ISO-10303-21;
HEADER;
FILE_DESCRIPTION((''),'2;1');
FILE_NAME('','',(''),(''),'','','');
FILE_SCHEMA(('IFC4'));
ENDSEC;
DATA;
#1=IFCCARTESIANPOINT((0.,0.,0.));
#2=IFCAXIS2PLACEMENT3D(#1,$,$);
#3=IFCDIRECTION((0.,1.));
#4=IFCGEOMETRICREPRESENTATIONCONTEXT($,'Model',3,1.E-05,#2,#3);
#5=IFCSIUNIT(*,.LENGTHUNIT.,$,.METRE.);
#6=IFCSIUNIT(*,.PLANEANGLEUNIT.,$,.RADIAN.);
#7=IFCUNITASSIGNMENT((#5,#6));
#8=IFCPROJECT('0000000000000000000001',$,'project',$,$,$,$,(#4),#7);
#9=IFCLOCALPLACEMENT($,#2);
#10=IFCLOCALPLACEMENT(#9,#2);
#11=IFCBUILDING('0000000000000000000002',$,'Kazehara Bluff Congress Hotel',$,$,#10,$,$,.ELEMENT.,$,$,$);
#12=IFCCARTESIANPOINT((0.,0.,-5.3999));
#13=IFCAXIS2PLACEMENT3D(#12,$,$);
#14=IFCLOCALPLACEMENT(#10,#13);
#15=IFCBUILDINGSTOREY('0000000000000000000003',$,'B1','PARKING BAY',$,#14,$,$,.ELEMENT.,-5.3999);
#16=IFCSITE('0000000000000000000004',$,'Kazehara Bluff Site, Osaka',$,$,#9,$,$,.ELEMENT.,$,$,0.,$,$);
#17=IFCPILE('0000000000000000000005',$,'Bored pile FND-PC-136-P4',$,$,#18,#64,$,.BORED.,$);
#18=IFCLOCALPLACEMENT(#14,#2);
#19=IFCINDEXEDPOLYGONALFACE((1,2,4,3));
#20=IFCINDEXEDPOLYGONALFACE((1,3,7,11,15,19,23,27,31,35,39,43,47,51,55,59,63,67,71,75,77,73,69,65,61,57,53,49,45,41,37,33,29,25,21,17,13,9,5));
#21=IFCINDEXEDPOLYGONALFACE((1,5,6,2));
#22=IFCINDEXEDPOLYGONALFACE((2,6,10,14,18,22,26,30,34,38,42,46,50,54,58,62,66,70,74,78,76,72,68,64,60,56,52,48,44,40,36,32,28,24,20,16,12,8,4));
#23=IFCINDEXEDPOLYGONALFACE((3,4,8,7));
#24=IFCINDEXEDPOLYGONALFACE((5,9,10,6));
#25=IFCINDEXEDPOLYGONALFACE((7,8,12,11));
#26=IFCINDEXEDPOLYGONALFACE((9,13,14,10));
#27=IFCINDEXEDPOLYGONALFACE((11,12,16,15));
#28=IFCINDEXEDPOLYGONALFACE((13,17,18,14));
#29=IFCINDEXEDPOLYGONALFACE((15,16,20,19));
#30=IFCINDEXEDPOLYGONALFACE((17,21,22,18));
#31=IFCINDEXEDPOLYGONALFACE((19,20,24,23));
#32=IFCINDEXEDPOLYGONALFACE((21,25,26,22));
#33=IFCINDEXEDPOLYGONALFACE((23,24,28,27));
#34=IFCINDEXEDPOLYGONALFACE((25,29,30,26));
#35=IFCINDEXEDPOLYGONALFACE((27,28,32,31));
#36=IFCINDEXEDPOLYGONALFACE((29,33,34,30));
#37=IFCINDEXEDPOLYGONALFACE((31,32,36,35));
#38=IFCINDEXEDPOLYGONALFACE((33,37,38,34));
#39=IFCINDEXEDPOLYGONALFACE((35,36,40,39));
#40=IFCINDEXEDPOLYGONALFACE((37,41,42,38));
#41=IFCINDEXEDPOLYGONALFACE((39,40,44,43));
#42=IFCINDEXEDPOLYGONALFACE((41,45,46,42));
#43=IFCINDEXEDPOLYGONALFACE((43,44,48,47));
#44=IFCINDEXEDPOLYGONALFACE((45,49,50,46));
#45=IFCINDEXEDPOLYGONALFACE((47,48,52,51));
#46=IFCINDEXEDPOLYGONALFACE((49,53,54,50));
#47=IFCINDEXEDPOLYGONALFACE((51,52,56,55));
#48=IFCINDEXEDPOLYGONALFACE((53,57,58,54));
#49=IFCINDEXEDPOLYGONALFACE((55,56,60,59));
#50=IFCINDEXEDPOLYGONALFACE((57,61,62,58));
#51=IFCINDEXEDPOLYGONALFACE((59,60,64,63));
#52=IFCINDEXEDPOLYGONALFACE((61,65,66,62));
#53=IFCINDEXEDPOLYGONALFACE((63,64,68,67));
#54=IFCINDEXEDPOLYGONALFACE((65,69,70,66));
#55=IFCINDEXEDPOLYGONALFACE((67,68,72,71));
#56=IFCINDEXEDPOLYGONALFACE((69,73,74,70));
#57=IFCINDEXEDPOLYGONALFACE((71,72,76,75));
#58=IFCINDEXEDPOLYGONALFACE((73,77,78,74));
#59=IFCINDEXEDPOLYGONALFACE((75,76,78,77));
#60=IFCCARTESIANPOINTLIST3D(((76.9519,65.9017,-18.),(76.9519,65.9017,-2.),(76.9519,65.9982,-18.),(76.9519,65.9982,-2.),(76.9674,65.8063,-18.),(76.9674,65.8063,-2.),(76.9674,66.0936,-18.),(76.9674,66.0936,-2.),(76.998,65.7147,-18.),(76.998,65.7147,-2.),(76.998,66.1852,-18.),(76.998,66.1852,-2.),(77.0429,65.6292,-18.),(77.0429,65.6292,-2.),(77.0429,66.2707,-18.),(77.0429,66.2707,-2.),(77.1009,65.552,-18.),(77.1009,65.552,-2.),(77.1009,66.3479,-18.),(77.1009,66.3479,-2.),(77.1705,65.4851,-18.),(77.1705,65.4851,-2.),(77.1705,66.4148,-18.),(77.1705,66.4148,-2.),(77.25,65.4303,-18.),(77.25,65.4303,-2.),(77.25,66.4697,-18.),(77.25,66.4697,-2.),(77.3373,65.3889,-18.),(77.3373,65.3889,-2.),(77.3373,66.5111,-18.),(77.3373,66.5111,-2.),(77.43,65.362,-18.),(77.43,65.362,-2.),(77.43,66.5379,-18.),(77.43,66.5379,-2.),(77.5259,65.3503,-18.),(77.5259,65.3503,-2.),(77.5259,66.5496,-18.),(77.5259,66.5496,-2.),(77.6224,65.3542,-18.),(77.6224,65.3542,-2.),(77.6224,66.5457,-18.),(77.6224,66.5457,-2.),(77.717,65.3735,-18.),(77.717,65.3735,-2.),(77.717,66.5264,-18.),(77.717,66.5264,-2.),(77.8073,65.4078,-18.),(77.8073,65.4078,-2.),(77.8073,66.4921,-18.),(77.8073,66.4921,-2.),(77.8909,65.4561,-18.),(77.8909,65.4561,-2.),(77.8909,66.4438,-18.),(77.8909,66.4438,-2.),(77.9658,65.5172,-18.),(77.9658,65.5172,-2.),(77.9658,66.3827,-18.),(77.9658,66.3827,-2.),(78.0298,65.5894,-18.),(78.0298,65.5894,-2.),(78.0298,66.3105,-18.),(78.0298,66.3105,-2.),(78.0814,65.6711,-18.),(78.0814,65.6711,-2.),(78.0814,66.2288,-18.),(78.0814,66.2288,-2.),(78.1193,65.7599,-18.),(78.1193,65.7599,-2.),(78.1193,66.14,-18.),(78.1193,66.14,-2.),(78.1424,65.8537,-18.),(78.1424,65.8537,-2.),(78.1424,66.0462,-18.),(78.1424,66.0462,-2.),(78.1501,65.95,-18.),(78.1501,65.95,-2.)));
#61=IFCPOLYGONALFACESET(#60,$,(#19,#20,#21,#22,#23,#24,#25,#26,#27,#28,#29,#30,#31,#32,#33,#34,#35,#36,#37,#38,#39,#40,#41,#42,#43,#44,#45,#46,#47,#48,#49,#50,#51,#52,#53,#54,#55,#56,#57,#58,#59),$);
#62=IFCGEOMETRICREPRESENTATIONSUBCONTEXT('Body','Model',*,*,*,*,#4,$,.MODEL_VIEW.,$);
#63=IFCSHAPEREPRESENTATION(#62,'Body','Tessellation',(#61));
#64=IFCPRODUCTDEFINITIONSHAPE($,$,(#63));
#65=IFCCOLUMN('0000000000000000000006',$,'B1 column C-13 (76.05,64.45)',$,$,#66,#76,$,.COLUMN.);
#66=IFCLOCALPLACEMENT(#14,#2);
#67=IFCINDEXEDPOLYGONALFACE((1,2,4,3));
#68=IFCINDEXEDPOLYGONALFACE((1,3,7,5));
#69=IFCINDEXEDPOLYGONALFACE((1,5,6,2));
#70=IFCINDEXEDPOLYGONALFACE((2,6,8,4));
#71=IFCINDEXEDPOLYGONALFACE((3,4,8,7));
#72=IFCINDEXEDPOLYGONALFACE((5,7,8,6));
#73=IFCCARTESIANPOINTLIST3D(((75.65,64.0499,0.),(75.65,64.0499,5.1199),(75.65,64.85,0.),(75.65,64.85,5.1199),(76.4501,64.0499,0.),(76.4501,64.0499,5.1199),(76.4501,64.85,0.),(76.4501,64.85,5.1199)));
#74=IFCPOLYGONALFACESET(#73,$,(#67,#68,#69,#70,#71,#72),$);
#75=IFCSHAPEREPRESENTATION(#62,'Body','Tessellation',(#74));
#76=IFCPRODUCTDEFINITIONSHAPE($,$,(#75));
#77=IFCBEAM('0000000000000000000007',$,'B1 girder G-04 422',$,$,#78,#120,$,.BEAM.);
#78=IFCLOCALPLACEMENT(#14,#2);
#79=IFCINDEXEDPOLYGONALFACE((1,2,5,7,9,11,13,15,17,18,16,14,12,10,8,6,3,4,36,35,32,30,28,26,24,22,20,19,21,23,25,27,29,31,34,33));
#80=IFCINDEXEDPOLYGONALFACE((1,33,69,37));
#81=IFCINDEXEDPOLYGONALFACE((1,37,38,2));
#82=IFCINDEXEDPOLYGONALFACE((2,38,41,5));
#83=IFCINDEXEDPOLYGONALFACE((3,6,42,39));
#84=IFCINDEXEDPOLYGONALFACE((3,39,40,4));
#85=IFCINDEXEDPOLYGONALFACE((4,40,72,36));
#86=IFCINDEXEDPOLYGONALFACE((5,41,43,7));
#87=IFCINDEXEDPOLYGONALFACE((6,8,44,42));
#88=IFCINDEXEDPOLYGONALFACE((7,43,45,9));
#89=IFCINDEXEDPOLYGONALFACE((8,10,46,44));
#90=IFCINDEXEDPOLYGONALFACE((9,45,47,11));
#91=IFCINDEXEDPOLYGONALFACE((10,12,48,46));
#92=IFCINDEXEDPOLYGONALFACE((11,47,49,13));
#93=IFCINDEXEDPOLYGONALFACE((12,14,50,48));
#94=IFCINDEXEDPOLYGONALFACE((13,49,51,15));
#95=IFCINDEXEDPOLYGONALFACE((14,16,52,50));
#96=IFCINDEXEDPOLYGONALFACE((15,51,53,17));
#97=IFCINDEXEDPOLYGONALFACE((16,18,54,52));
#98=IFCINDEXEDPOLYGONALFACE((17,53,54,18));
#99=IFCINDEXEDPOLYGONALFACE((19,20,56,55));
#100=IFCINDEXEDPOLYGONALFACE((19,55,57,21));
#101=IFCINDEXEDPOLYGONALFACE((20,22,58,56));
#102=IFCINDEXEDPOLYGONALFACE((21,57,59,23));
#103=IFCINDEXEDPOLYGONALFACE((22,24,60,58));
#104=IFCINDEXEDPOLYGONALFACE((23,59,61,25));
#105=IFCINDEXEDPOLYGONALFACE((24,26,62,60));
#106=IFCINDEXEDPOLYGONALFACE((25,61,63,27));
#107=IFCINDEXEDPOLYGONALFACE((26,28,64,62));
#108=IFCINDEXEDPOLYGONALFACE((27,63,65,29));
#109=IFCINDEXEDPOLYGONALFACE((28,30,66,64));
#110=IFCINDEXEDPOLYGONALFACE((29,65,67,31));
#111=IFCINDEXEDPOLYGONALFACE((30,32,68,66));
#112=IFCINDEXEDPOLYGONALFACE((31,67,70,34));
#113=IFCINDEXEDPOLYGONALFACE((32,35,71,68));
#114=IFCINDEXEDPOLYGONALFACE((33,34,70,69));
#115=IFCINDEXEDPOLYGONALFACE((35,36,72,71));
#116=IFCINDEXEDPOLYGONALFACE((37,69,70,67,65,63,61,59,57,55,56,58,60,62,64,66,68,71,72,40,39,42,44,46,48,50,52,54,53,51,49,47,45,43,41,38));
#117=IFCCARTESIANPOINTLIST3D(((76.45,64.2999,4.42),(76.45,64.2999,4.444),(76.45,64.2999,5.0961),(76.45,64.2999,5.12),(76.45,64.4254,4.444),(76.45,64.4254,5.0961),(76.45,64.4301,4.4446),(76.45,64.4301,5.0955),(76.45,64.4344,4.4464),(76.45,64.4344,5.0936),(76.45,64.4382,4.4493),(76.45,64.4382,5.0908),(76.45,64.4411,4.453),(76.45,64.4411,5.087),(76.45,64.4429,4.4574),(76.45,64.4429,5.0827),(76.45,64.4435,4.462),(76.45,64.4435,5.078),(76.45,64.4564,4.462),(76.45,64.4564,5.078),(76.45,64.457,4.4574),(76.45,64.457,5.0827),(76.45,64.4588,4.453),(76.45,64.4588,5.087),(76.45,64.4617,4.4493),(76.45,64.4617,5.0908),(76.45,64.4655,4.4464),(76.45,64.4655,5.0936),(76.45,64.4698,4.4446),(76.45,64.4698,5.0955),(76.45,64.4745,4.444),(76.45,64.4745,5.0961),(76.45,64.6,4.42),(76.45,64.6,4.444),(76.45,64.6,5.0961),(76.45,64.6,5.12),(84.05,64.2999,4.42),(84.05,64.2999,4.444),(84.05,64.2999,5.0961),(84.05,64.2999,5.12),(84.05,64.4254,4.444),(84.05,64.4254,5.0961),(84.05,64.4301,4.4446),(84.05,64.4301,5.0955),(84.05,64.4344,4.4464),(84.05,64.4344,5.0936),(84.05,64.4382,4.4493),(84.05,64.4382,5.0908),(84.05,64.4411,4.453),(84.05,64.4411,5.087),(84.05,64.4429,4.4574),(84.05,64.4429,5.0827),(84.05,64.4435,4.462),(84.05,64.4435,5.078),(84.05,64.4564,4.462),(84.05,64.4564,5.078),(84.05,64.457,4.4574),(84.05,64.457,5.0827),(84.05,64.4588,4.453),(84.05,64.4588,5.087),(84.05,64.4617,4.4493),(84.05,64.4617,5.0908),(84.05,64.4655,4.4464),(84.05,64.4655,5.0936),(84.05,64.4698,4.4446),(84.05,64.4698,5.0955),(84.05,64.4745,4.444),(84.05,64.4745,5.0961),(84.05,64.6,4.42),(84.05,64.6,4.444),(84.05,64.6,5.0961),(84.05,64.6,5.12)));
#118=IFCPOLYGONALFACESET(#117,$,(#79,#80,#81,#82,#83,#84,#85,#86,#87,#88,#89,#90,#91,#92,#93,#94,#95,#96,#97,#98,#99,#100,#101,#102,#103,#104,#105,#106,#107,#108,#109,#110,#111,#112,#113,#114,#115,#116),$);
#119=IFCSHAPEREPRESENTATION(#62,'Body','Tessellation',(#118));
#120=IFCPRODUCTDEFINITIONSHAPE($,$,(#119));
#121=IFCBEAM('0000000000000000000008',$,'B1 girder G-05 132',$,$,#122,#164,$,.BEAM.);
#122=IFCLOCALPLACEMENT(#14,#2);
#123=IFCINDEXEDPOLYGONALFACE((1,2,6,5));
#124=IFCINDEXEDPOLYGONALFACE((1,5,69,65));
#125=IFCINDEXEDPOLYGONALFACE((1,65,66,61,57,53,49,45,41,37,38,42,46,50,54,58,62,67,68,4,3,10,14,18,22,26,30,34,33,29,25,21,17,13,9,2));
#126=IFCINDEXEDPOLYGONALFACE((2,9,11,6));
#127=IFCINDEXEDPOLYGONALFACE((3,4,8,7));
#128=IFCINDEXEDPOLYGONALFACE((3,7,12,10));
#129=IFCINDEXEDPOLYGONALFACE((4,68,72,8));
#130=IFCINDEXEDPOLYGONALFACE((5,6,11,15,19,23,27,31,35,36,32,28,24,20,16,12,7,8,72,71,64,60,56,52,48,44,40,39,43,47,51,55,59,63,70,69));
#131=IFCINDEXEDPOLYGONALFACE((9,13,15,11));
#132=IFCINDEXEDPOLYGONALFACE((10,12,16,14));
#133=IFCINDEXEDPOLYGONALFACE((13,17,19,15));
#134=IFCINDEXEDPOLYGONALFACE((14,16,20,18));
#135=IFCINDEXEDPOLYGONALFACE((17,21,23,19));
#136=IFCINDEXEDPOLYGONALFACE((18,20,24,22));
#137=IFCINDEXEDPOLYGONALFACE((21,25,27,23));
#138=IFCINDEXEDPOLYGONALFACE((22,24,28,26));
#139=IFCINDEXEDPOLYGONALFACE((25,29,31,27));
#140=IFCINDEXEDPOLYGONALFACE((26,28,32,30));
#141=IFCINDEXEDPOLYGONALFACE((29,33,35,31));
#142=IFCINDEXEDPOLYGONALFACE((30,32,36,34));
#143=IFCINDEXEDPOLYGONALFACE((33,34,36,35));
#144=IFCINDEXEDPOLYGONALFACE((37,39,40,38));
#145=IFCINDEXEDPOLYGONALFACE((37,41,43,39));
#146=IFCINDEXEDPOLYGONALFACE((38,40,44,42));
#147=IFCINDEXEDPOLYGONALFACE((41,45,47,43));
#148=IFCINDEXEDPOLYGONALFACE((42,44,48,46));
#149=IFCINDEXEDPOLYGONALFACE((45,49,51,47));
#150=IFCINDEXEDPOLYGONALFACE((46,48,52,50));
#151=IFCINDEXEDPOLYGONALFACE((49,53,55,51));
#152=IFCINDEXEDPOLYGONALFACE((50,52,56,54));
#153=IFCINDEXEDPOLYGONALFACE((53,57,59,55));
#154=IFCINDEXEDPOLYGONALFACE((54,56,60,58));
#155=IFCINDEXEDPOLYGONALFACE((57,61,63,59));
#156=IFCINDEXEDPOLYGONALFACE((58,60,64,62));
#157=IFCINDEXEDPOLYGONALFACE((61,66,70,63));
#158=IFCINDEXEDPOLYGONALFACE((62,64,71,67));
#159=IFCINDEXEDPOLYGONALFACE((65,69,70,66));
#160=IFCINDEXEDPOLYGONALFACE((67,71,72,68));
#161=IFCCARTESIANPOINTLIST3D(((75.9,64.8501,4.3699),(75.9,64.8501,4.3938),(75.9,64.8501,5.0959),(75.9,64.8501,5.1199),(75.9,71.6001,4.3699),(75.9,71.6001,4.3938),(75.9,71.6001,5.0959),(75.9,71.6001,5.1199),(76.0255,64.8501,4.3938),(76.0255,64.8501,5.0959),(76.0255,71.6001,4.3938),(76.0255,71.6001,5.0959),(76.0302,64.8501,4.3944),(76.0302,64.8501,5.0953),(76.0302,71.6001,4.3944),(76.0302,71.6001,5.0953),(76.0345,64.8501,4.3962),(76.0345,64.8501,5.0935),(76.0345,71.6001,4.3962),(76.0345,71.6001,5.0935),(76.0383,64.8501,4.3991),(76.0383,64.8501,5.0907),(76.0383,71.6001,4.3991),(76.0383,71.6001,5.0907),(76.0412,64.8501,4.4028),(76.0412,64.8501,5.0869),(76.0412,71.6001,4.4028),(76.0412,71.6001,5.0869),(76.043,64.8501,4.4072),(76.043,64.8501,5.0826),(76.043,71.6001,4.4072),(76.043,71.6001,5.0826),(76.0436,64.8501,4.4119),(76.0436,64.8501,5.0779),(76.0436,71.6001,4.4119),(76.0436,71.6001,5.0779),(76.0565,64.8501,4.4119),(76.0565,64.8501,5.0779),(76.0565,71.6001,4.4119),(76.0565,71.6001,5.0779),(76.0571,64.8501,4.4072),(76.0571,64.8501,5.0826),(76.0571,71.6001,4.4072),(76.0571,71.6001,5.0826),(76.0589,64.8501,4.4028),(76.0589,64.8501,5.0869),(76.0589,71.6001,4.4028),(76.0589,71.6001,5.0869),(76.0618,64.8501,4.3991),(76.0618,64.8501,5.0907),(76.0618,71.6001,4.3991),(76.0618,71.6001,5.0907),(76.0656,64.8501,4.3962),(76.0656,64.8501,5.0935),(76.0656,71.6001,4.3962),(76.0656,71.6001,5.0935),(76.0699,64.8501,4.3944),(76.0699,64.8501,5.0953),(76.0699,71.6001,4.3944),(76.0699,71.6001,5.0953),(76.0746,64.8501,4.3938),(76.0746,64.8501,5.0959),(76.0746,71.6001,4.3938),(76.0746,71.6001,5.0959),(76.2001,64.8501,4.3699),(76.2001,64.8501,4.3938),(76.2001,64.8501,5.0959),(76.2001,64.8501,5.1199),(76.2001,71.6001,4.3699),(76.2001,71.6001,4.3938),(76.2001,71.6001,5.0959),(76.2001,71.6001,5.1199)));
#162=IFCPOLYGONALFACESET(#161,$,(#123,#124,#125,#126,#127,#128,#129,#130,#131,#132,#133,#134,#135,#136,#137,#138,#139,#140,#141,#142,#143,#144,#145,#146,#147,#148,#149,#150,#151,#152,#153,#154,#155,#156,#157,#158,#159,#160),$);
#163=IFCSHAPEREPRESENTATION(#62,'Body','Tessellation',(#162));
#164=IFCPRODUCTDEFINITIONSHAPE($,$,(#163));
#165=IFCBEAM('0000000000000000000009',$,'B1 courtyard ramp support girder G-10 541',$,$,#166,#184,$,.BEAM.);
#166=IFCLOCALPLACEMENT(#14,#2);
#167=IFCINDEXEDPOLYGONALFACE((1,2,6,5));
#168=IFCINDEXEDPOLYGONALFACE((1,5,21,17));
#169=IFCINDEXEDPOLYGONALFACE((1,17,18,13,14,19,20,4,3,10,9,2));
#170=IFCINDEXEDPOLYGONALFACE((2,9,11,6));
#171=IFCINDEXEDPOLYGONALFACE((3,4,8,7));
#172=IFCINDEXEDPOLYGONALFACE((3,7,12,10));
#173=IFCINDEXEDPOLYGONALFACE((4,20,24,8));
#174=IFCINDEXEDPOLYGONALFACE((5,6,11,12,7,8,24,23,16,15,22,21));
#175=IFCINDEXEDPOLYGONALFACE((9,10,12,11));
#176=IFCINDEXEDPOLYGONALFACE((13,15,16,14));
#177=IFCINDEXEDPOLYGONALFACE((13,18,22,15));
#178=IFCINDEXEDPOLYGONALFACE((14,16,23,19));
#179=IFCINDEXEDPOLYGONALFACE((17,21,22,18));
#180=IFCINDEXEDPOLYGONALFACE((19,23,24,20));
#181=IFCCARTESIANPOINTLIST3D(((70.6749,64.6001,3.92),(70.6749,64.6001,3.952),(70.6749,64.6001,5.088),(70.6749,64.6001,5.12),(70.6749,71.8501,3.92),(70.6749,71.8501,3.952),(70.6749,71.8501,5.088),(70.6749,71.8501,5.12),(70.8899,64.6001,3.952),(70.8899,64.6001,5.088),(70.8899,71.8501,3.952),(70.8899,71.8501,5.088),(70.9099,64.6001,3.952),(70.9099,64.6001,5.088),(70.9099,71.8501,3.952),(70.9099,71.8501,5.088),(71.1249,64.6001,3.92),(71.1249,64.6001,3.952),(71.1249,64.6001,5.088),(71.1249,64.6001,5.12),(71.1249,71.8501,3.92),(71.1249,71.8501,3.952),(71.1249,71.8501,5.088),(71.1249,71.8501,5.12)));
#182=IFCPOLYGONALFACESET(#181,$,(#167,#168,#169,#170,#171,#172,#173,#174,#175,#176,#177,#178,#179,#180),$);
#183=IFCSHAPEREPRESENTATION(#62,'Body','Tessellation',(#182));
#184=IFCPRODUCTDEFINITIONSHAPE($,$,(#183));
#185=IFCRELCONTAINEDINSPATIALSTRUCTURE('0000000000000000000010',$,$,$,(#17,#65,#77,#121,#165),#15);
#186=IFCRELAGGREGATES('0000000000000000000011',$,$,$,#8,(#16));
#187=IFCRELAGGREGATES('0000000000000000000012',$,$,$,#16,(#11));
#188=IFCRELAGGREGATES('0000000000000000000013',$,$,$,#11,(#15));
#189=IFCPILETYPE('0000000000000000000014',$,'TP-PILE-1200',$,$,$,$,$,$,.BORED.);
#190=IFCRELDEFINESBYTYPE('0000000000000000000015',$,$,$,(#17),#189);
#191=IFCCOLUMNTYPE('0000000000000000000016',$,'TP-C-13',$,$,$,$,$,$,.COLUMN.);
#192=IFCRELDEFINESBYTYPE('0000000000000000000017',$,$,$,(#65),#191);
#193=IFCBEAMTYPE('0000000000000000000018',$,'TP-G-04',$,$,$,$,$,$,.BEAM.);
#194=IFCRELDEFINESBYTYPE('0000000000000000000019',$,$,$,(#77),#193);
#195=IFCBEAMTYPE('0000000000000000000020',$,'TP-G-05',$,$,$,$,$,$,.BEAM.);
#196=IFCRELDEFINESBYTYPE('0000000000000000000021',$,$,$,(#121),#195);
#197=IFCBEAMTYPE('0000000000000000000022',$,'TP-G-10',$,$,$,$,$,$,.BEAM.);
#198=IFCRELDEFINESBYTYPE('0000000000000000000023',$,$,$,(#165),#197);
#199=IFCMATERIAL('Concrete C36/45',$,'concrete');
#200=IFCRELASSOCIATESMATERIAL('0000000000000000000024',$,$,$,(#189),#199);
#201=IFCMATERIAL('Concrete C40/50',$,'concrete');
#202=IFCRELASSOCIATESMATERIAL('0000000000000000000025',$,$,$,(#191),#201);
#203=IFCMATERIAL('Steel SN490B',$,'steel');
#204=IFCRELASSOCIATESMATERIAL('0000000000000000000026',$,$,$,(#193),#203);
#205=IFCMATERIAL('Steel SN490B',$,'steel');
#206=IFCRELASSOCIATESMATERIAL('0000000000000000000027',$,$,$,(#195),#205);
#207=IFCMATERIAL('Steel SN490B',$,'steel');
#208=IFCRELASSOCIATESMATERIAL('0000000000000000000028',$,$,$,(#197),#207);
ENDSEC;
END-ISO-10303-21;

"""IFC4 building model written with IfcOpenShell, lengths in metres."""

from ifc_helpers import new_model, si_unit, direction, frame, origin, origin_2d, place, context, subcontext, project, spatial, rectangle, circle, i_section, extrude, material, material_profile, profile_set, type_object, element, save


model = new_model("IFC4")

# Units and contexts
model_context = context("Model", 3, precision=1e-05, world=origin(), true_north=direction((0.0, 1.0)))
body_context = subcontext(model_context, "Body", "Model", "MODEL_VIEW")
ifc_project = project(units=[si_unit("LENGTHUNIT", "METRE"), si_unit("PLANEANGLEUNIT", "RADIAN")], contexts=[model_context])

# Site, building, storey
site_placement = place(None, origin())
site = spatial("IfcSite", under=ifc_project, at=site_placement, Name="Kazehara Bluff Site, Osaka", CompositionType="ELEMENT", RefElevation=0.0)
building_placement = place(site_placement, origin())
building = spatial("IfcBuilding", under=site, at=building_placement, Name="Kazehara Bluff Congress Hotel", CompositionType="ELEMENT")
storey_placement = place(building_placement, frame((0.0, 0.0, -5.3999)))
storey = spatial("IfcBuildingStorey", under=building, at=storey_placement, Name="B1", Description="PARKING BAY", CompositionType="ELEMENT", Elevation=-5.3999)

# Pile
ifc_material_1 = material(Name="Concrete C36/45", Category="concrete")
ifc_material_profile_1 = material_profile(ifc_material_1, circle(Radius=0.6001, at=origin_2d()))
ifc_profile_set_1 = profile_set([ifc_material_profile_1], Name="Concrete C36/45")
pile_type = type_object("IfcPileType", Name="TP-PILE-1200", PredefinedType="BORED", material=ifc_profile_set_1)
for number, where, z_axis, x_axis, name in (
    (1, (77.55, 65.95, -2.0), (0.0, 0.0, -1.0), (1.0, 0.0, 0.0), "Bored pile FND-PC-136-P4"),
):
    element("IfcPile", number, at=place(storey_placement, frame(where, z_axis=z_axis, x_axis=x_axis)), inside=storey, type_object=pile_type, Name=name, PredefinedType="BORED", context=body_context, shape_type="SweptSolid", body=[
        extrude(circle(Radius=0.6001, at=origin_2d()), origin(), (0.0, 0.0, 1.0), 16.0),
    ])

# Column
ifc_material_2 = material(Name="Concrete C40/50", Category="concrete")
ifc_material_profile_2 = material_profile(ifc_material_2, rectangle(XDim=0.8, YDim=0.8, at=origin_2d()))
ifc_profile_set_2 = profile_set([ifc_material_profile_2], Name="Concrete C40/50")
column_type = type_object("IfcColumnType", Name="TP-C-13", PredefinedType="COLUMN", material=ifc_profile_set_2)
column_placement = place(storey_placement, frame((76.05, 64.45, 0.0), z_axis=(0.0, 0.0, 1.0), x_axis=(1.0, 0.0, 0.0)))
element("IfcColumn", 2, at=column_placement, inside=storey, type_object=column_type, Name="B1 column C-13 (76.05,64.45)", PredefinedType="COLUMN", context=body_context, shape_type="SweptSolid", body=[
    extrude(rectangle(XDim=0.8, YDim=0.8, at=origin_2d()), origin(), (0.0, 0.0, 1.0), 5.1199),
])

# Beams
ifc_material_3 = material(Name="Steel SN490B", Category="steel")
ifc_material_profile_3 = material_profile(ifc_material_3, i_section(OverallWidth=0.3, OverallDepth=0.7, WebThickness=0.0129, FlangeThickness=0.0239, FilletRadius=0.0181, at=origin_2d()))
ifc_profile_set_3 = profile_set([ifc_material_profile_3], Name="Steel SN490B")
beam_type_1 = type_object("IfcBeamType", Name="TP-G-04", PredefinedType="BEAM", material=ifc_profile_set_3)
beam_1_placement = place(storey_placement, frame((76.45, 64.45, 4.77), z_axis=(1.0, 0.0, 0.0), x_axis=(0.0, 1.0, 0.0)))
element("IfcBeam", 3, at=beam_1_placement, inside=storey, type_object=beam_type_1, Name="B1 girder G-04 422", PredefinedType="BEAM", context=body_context, shape_type="SweptSolid", body=[
    extrude(i_section(OverallWidth=0.3, OverallDepth=0.7, WebThickness=0.0129, FlangeThickness=0.0239, FilletRadius=0.0181, at=origin_2d()), origin(), (0.0, 0.0, 1.0), 7.6001),
])
ifc_material_4 = material(Name="Steel SN490B", Category="steel")
ifc_material_profile_4 = material_profile(ifc_material_4, i_section(OverallWidth=0.3, OverallDepth=0.75, WebThickness=0.0129, FlangeThickness=0.0239, FilletRadius=0.0181, at=origin_2d()))
ifc_profile_set_4 = profile_set([ifc_material_profile_4], Name="Steel SN490B")
beam_type_2 = type_object("IfcBeamType", Name="TP-G-05", PredefinedType="BEAM", material=ifc_profile_set_4)
beam_2_placement = place(storey_placement, frame((76.05, 64.8501, 4.7449), z_axis=(0.0, 1.0, 0.0), x_axis=(-1.0, 0.0, 0.0)))
element("IfcBeam", 4, at=beam_2_placement, inside=storey, type_object=beam_type_2, Name="B1 girder G-05 132", PredefinedType="BEAM", context=body_context, shape_type="SweptSolid", body=[
    extrude(i_section(OverallWidth=0.3, OverallDepth=0.75, WebThickness=0.0129, FlangeThickness=0.0239, FilletRadius=0.0181, at=origin_2d()), origin(), (0.0, 0.0, 1.0), 6.75),
])
ifc_material_5 = material(Name="Steel SN490B", Category="steel")
ifc_material_profile_5 = material_profile(ifc_material_5, i_section(OverallWidth=0.45, OverallDepth=1.2, WebThickness=0.02, FlangeThickness=0.032, at=origin_2d()))
ifc_profile_set_5 = profile_set([ifc_material_profile_5], Name="Steel SN490B")
beam_type_3 = type_object("IfcBeamType", Name="TP-G-10", PredefinedType="BEAM", material=ifc_profile_set_5)
beam_3_placement = place(storey_placement, frame((70.8999, 64.6001, 4.52), z_axis=(0.0, 1.0, 0.0), x_axis=(-1.0, 0.0, 0.0)))
element("IfcBeam", 5, at=beam_3_placement, inside=storey, type_object=beam_type_3, Name="B1 courtyard ramp support girder G-10 541", PredefinedType="BEAM", context=body_context, shape_type="SweptSolid", body=[
    extrude(i_section(OverallWidth=0.45, OverallDepth=1.2, WebThickness=0.02, FlangeThickness=0.032, at=origin_2d()), origin(), (0.0, 0.0, 1.0), 7.25),
])

save(model, "model.ifc")
